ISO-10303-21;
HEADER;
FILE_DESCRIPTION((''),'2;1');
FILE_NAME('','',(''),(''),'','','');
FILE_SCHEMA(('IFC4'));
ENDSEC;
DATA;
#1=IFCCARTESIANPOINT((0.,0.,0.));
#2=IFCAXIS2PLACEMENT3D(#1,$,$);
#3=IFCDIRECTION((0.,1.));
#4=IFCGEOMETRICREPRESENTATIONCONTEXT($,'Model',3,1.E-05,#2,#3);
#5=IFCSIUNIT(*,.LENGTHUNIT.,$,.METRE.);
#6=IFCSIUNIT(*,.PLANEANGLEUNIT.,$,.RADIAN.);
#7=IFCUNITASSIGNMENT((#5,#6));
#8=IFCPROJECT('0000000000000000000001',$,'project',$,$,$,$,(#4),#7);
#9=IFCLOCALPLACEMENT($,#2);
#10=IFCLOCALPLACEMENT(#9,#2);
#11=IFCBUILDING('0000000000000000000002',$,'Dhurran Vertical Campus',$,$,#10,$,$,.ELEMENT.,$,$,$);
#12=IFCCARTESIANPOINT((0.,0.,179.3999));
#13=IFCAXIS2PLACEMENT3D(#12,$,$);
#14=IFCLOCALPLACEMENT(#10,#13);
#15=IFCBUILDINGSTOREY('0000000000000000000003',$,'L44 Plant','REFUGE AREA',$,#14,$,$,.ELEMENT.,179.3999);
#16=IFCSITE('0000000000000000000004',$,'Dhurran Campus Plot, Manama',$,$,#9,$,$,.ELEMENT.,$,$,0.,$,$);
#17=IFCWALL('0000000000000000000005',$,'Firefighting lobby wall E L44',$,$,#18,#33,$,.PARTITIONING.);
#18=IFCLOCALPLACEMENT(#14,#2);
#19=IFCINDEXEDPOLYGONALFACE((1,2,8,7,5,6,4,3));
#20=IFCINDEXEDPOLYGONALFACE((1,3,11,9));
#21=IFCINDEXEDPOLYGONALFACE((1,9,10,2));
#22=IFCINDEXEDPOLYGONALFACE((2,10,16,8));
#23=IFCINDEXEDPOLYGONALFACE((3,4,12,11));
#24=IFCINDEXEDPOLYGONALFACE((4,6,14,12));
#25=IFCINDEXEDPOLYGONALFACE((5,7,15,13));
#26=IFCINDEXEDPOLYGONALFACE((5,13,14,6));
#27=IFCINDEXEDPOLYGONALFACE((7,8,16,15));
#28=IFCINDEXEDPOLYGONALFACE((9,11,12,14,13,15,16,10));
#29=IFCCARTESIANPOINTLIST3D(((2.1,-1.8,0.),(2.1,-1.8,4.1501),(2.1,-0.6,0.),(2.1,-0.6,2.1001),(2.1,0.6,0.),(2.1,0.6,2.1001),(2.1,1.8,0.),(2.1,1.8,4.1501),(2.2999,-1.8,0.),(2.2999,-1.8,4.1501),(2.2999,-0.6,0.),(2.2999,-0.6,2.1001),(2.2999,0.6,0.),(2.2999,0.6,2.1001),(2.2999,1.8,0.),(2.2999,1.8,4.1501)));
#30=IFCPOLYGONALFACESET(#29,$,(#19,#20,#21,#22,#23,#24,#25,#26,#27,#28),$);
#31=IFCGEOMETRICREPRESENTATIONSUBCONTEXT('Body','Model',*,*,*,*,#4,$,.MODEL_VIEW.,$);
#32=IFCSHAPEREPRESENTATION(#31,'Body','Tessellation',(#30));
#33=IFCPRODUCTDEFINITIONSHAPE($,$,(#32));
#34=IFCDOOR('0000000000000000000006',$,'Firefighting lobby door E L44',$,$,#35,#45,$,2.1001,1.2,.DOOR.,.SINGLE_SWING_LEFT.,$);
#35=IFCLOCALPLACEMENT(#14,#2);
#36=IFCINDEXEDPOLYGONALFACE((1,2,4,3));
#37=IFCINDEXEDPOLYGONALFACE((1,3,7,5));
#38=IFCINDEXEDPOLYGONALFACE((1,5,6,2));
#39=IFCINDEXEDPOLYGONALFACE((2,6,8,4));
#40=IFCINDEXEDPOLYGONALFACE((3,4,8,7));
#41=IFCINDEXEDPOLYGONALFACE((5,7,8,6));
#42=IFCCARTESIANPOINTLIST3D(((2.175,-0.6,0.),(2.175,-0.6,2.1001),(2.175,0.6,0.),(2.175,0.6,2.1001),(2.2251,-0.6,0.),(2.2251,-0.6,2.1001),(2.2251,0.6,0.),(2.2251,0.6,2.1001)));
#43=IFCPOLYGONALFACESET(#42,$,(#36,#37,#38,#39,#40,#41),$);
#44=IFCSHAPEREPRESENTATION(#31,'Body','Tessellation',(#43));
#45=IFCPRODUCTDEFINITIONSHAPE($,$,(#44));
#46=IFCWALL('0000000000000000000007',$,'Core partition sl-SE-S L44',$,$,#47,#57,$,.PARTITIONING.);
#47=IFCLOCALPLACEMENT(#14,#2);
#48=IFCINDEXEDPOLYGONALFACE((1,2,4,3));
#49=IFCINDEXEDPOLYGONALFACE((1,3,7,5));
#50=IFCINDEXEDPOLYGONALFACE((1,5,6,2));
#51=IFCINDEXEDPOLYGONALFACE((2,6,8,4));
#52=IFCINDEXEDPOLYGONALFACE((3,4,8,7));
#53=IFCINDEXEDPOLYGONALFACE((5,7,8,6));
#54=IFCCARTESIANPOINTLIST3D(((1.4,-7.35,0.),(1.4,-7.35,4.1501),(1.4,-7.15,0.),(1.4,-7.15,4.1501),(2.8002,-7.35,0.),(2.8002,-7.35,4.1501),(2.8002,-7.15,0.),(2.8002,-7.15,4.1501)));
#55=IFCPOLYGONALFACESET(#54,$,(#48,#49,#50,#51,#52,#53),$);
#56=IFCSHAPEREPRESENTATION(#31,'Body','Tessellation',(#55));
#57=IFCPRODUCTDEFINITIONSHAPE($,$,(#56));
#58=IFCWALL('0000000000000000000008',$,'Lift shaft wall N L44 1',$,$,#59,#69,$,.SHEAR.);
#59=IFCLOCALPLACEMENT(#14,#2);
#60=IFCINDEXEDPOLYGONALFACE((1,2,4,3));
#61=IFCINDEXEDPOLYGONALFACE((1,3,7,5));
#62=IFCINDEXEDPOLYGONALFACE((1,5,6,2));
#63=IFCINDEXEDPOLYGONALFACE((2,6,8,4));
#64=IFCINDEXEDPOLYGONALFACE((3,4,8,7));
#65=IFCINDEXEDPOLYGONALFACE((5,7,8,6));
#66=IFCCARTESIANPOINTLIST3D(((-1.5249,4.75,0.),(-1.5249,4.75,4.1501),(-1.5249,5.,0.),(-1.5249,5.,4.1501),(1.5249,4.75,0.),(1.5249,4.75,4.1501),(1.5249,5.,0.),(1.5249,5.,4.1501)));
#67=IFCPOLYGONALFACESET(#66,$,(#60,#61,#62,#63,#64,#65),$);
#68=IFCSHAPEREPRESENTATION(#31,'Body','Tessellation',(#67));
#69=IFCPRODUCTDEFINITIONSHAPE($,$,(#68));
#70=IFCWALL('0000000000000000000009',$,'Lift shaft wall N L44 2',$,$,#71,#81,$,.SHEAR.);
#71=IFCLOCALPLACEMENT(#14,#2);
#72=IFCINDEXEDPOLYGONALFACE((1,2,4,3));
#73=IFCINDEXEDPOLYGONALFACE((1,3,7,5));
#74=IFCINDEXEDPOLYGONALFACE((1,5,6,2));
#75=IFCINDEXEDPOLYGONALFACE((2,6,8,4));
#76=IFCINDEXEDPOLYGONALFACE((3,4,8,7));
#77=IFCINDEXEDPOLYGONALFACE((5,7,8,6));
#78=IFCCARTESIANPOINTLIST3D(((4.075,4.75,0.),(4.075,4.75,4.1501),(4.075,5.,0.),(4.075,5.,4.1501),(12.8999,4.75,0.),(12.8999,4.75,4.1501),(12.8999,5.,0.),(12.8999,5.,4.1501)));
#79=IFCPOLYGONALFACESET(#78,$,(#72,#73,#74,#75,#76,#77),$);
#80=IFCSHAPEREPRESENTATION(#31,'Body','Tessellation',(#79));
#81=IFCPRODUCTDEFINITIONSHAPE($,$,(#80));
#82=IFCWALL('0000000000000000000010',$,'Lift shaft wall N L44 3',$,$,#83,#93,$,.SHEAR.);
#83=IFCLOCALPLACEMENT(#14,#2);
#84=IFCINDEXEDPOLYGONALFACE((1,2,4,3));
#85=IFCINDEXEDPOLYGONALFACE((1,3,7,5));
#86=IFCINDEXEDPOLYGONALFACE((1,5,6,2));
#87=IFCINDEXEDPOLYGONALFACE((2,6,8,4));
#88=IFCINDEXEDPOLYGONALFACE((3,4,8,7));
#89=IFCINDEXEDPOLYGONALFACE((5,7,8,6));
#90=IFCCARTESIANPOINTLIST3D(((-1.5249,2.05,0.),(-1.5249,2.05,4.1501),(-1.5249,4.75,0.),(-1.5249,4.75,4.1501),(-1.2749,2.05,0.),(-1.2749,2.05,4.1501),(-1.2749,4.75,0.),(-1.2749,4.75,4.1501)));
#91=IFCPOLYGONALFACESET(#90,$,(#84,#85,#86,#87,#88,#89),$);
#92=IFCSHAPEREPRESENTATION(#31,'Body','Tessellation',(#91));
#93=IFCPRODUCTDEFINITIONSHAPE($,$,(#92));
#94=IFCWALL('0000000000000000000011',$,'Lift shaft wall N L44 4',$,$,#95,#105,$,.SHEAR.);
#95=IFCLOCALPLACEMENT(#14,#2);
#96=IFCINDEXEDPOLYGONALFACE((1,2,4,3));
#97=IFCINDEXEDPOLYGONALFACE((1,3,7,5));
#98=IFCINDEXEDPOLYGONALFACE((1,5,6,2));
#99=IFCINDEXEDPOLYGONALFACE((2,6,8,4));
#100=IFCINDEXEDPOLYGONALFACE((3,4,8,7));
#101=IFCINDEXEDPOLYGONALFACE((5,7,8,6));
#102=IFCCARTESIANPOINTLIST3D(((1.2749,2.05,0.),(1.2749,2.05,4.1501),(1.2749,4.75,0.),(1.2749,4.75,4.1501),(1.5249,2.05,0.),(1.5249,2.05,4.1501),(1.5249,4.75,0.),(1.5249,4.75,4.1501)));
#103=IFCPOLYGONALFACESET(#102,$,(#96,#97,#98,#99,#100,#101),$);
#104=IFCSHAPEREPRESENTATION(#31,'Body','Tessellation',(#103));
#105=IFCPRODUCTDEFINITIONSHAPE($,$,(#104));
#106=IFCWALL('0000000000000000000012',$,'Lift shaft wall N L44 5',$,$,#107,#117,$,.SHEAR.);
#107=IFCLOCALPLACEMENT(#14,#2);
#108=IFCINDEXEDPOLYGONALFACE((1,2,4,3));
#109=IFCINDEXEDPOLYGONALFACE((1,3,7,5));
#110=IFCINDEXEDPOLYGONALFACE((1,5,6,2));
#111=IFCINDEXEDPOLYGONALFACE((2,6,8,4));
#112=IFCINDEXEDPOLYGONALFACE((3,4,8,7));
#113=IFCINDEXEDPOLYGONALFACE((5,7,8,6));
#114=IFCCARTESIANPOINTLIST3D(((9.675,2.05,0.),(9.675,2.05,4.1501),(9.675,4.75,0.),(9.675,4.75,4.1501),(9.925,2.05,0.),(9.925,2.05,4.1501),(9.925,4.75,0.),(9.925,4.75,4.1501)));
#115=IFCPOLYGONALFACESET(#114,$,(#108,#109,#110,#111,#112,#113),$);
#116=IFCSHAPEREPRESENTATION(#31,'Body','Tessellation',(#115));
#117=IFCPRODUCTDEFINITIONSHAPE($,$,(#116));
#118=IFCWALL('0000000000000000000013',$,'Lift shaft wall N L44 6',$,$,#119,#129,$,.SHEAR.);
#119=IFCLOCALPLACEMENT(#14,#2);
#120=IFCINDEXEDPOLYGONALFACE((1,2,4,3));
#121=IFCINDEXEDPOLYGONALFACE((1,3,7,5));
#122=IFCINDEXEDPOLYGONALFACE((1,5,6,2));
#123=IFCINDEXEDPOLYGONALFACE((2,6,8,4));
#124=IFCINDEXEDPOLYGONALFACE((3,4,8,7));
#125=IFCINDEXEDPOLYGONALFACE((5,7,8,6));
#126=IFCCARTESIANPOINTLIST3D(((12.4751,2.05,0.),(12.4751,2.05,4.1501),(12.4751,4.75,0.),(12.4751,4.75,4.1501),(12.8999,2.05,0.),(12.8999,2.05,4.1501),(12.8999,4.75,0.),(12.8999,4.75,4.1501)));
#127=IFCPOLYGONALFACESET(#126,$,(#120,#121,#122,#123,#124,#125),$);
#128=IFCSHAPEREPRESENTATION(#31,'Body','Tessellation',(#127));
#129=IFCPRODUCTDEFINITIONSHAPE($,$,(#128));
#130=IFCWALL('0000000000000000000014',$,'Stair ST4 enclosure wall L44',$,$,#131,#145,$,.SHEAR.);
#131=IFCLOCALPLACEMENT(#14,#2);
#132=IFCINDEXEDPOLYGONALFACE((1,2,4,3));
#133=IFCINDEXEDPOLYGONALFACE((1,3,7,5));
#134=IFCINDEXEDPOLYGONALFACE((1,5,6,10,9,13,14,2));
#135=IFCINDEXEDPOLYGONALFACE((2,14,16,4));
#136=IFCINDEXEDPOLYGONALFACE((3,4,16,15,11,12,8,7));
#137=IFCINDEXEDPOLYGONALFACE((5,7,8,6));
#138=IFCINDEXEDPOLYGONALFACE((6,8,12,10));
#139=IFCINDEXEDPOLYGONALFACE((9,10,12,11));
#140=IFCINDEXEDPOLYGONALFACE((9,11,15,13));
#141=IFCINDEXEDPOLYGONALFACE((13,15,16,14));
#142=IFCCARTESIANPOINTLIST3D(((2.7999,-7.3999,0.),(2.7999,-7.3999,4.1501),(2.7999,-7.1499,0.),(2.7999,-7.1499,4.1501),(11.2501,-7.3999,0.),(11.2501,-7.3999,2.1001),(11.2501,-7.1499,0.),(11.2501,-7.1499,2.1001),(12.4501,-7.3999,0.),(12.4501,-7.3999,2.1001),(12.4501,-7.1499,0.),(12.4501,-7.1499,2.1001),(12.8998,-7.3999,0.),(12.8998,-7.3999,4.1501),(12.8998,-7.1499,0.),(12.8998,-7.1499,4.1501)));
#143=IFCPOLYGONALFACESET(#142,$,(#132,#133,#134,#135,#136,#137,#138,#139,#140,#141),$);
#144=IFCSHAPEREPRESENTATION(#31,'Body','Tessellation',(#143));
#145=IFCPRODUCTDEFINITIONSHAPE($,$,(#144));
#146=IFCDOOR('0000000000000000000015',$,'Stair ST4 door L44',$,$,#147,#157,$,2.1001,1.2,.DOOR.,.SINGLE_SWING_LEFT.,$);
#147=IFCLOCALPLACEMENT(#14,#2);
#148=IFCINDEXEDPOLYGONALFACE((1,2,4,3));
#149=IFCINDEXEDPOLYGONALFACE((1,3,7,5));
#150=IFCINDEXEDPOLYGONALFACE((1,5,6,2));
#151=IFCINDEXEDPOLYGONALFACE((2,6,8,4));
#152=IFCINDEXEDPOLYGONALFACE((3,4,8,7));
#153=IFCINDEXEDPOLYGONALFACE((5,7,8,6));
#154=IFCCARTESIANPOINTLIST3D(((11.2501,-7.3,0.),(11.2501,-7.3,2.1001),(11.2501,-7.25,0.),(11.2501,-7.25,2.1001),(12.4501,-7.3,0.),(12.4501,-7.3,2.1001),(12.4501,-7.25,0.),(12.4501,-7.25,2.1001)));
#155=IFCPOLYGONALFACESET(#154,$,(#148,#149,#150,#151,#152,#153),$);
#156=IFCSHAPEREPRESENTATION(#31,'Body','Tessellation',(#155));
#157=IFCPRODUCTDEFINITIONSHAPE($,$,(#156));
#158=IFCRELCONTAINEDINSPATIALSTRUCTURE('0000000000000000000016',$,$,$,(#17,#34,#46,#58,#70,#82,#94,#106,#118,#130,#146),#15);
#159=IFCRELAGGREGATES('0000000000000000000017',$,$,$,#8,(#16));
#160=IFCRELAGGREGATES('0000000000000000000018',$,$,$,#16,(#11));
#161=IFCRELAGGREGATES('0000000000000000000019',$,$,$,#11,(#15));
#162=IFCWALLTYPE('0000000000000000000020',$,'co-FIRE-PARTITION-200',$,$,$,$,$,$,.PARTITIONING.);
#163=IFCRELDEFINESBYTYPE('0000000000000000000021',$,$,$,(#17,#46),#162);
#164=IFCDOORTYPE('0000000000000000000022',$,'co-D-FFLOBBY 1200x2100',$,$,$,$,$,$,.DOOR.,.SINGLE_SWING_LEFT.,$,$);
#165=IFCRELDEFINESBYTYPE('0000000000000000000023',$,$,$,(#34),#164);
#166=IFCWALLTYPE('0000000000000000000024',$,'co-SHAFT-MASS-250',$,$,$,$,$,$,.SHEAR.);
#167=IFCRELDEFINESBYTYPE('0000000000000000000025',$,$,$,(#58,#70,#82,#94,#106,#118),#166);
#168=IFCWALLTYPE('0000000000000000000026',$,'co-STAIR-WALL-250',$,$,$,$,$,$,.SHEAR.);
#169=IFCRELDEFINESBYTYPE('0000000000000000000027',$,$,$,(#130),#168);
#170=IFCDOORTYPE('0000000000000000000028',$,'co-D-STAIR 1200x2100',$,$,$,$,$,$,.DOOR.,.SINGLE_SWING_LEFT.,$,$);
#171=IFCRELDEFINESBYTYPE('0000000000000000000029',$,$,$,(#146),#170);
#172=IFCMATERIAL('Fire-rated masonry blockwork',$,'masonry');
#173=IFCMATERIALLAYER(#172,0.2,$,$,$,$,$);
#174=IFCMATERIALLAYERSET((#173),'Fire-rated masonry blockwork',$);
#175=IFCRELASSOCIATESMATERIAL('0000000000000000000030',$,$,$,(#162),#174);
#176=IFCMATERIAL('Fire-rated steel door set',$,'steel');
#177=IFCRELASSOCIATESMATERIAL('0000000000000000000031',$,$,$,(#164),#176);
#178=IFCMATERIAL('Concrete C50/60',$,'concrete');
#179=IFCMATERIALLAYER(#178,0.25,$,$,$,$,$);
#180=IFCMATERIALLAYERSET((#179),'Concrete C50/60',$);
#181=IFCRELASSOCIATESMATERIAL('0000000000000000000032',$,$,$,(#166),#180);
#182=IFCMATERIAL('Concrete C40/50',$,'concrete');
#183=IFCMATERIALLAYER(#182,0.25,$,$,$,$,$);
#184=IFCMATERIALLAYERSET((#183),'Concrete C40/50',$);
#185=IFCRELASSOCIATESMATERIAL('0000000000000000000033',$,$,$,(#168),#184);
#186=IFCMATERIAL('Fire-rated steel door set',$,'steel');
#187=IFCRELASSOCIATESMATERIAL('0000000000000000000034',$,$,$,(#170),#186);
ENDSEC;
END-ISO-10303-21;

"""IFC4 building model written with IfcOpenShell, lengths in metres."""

from ifc_helpers import new_model, si_unit, direction, frame, frame_2d, origin, place, context, subcontext, project, spatial, polyline, rectangle, outline, extrude, material, layer, layer_set, type_object, element, fill, save


model = new_model("IFC4")

# Units and contexts
model_context = context("Model", 3, precision=1e-05, world=origin(), true_north=direction((0.0, 1.0)))
body_context = subcontext(model_context, "Body", "Model", "MODEL_VIEW")
ifc_project = project(units=[si_unit("LENGTHUNIT", "METRE"), si_unit("PLANEANGLEUNIT", "RADIAN")], contexts=[model_context])

# Site, building, storey
site_placement = place(None, origin())
site = spatial("IfcSite", under=ifc_project, at=site_placement, Name="Dhurran Campus Plot, Manama", CompositionType="ELEMENT", RefElevation=0.0)
building_placement = place(site_placement, origin())
building = spatial("IfcBuilding", under=site, at=building_placement, Name="Dhurran Vertical Campus", CompositionType="ELEMENT")
storey_placement = place(building_placement, frame((0.0, 0.0, 179.3999)))
storey = spatial("IfcBuildingStorey", under=building, at=storey_placement, Name="L44 Plant", Description="REFUGE AREA", CompositionType="ELEMENT", Elevation=179.3999)

# Wall, opening, door
ifc_material_1 = material(Name="Fire-rated masonry blockwork", Category="masonry")
ifc_layer_1 = layer(ifc_material_1, 0.2)
ifc_layer_set_1 = layer_set([ifc_layer_1], Name="Fire-rated masonry blockwork")
wall_type_1 = type_object("IfcWallType", Name="co-FIRE-PARTITION-200", PredefinedType="PARTITIONING", material=ifc_layer_set_1)
wall_1_placement = place(storey_placement, frame((2.2, -1.8, 0.0), z_axis=(0.0, 0.0, 1.0), x_axis=(0.0, 1.0, 0.0)))
wall_1 = element("IfcWall", 1, at=wall_1_placement, inside=storey, type_object=wall_type_1, Name="Firefighting lobby wall E L44", PredefinedType="PARTITIONING", context=body_context, shape_type="SweptSolid", body=[
    extrude(rectangle(XDim=3.6001, YDim=0.2, at=frame_2d((1.8, 0.0))), origin(), (0.0, 0.0, 1.0), 4.1501),
])
opening_1_placement = place(wall_1_placement, frame((1.2, 0.0, 0.0)))
opening_1 = element("IfcOpeningElement", 2, at=opening_1_placement, cuts=wall_1, PredefinedType="OPENING", context=body_context, shape_type="SweptSolid", body=[
    extrude(rectangle(XDim=1.2, YDim=2.1001, at=frame_2d((0.6001, 1.05))), frame((0.0, 0.1099, 0.0), z_axis=(0.0, -1.0, 0.0), x_axis=(1.0, 0.0, 0.0)), (0.0, 0.0, 1.0), 0.22),
])
ifc_material_2 = material(Name="Fire-rated steel door set", Category="steel")
door_type_1 = type_object("IfcDoorType", Name="co-D-FFLOBBY 1200x2100", OperationType="SINGLE_SWING_LEFT", PredefinedType="DOOR", material=ifc_material_2)
door_1_placement = place(opening_1_placement, origin())
door_1 = element("IfcDoor", 3, at=door_1_placement, inside=storey, type_object=door_type_1, Name="Firefighting lobby door E L44", OperationType="SINGLE_SWING_LEFT", OverallHeight=2.1001, OverallWidth=1.2, PredefinedType="DOOR", context=body_context, shape_type="SweptSolid", body=[
    extrude(rectangle(XDim=1.2, YDim=2.1001, at=frame_2d((0.6001, 1.05))), frame((0.0, 0.0249, 0.0), z_axis=(0.0, -1.0, 0.0), x_axis=(1.0, 0.0, 0.0)), (0.0, 0.0, 1.0), 0.05),
])
fill(opening_1, door_1)

# Walls
wall_2_placement = place(storey_placement, frame((1.3999, -7.25, 0.0), z_axis=(0.0, 0.0, 1.0), x_axis=(1.0, 0.0, 0.0)))
element("IfcWall", 4, at=wall_2_placement, inside=storey, type_object=wall_type_1, Name="Core partition sl-SE-S L44", PredefinedType="PARTITIONING", context=body_context, shape_type="SweptSolid", body=[
    extrude(rectangle(XDim=1.4001, YDim=0.2, at=frame_2d((0.7002, 0.0))), origin(), (0.0, 0.0, 1.0), 4.1501),
])
ifc_material_3 = material(Name="Concrete C50/60", Category="concrete")
ifc_layer_2 = layer(ifc_material_3, 0.25)
ifc_layer_set_2 = layer_set([ifc_layer_2], Name="Concrete C50/60")
wall_type_2 = type_object("IfcWallType", Name="co-SHAFT-MASS-250", PredefinedType="SHEAR", material=ifc_layer_set_2)
wall_3_placement = place(storey_placement, origin())
element("IfcWall", 5, at=wall_3_placement, inside=storey, type_object=wall_type_2, Name="Lift shaft wall N L44 1", PredefinedType="SHEAR", context=body_context, shape_type="SweptSolid", body=[
    extrude(outline(polyline([(-1.5249, 4.75), (1.5249, 4.75), (1.5249, 5.0), (-1.5249, 5.0), (-1.5249, 4.75)])), origin(), (0.0, 0.0, 1.0), 4.1501),
])
wall_4_placement = place(storey_placement, origin())
element("IfcWall", 6, at=wall_4_placement, inside=storey, type_object=wall_type_2, Name="Lift shaft wall N L44 2", PredefinedType="SHEAR", context=body_context, shape_type="SweptSolid", body=[
    extrude(outline(polyline([(4.075, 4.75), (12.8999, 4.75), (12.8999, 5.0), (4.075, 5.0), (4.075, 4.75)])), origin(), (0.0, 0.0, 1.0), 4.1501),
])
wall_5_placement = place(storey_placement, origin())
element("IfcWall", 7, at=wall_5_placement, inside=storey, type_object=wall_type_2, Name="Lift shaft wall N L44 3", PredefinedType="SHEAR", context=body_context, shape_type="SweptSolid", body=[
    extrude(outline(polyline([(-1.5249, 2.05), (-1.2749, 2.05), (-1.2749, 4.75), (-1.5249, 4.75), (-1.5249, 2.05)])), origin(), (0.0, 0.0, 1.0), 4.1501),
])
wall_6_placement = place(storey_placement, origin())
element("IfcWall", 8, at=wall_6_placement, inside=storey, type_object=wall_type_2, Name="Lift shaft wall N L44 4", PredefinedType="SHEAR", context=body_context, shape_type="SweptSolid", body=[
    extrude(outline(polyline([(1.2749, 2.05), (1.5249, 2.05), (1.5249, 4.75), (1.2749, 4.75), (1.2749, 2.05)])), origin(), (0.0, 0.0, 1.0), 4.1501),
])
wall_7_placement = place(storey_placement, origin())
element("IfcWall", 9, at=wall_7_placement, inside=storey, type_object=wall_type_2, Name="Lift shaft wall N L44 5", PredefinedType="SHEAR", context=body_context, shape_type="SweptSolid", body=[
    extrude(outline(polyline([(9.675, 2.05), (9.925, 2.05), (9.925, 4.75), (9.675, 4.75), (9.675, 2.05)])), origin(), (0.0, 0.0, 1.0), 4.1501),
])
wall_8_placement = place(storey_placement, origin())
element("IfcWall", 10, at=wall_8_placement, inside=storey, type_object=wall_type_2, Name="Lift shaft wall N L44 6", PredefinedType="SHEAR", context=body_context, shape_type="SweptSolid", body=[
    extrude(outline(polyline([(12.4751, 2.05), (12.8999, 2.05), (12.8999, 4.75), (12.4751, 4.75), (12.4751, 2.05)])), origin(), (0.0, 0.0, 1.0), 4.1501),
])

# Wall, opening, door
ifc_material_4 = material(Name="Concrete C40/50", Category="concrete")
ifc_layer_3 = layer(ifc_material_4, 0.25)
ifc_layer_set_3 = layer_set([ifc_layer_3], Name="Concrete C40/50")
wall_type_3 = type_object("IfcWallType", Name="co-STAIR-WALL-250", PredefinedType="SHEAR", material=ifc_layer_set_3)
wall_9_placement = place(storey_placement, frame((2.8, -7.2749, 0.0), z_axis=(0.0, 0.0, 1.0), x_axis=(1.0, 0.0, 0.0)))
wall_9 = element("IfcWall", 11, at=wall_9_placement, inside=storey, type_object=wall_type_3, Name="Stair ST4 enclosure wall L44", PredefinedType="SHEAR", context=body_context, shape_type="SweptSolid", body=[
    extrude(rectangle(XDim=10.0999, YDim=0.25, at=frame_2d((5.0498, 0.0))), origin(), (0.0, 0.0, 1.0), 4.1501),
])
opening_2_placement = place(wall_9_placement, frame((8.45, 0.0, 0.0)))
opening_2 = element("IfcOpeningElement", 12, at=opening_2_placement, cuts=wall_9, PredefinedType="OPENING", context=body_context, shape_type="SweptSolid", body=[
    extrude(rectangle(XDim=1.2, YDim=2.1001, at=frame_2d((0.6001, 1.05))), frame((0.0, 0.135, 0.0), z_axis=(0.0, -1.0, 0.0), x_axis=(1.0, 0.0, 0.0)), (0.0, 0.0, 1.0), 0.27),
])
ifc_material_5 = material(Name="Fire-rated steel door set", Category="steel")
door_type_2 = type_object("IfcDoorType", Name="co-D-STAIR 1200x2100", OperationType="SINGLE_SWING_LEFT", PredefinedType="DOOR", material=ifc_material_5)
door_2_placement = place(opening_2_placement, origin())
door_2 = element("IfcDoor", 13, at=door_2_placement, inside=storey, type_object=door_type_2, Name="Stair ST4 door L44", OperationType="SINGLE_SWING_LEFT", OverallHeight=2.1001, OverallWidth=1.2, PredefinedType="DOOR", context=body_context, shape_type="SweptSolid", body=[
    extrude(rectangle(XDim=1.2, YDim=2.1001, at=frame_2d((0.6001, 1.05))), frame((0.0, 0.0249, 0.0), z_axis=(0.0, -1.0, 0.0), x_axis=(1.0, 0.0, 0.0)), (0.0, 0.0, 1.0), 0.05),
])
fill(opening_2, door_2)

save(model, "model.ifc")
